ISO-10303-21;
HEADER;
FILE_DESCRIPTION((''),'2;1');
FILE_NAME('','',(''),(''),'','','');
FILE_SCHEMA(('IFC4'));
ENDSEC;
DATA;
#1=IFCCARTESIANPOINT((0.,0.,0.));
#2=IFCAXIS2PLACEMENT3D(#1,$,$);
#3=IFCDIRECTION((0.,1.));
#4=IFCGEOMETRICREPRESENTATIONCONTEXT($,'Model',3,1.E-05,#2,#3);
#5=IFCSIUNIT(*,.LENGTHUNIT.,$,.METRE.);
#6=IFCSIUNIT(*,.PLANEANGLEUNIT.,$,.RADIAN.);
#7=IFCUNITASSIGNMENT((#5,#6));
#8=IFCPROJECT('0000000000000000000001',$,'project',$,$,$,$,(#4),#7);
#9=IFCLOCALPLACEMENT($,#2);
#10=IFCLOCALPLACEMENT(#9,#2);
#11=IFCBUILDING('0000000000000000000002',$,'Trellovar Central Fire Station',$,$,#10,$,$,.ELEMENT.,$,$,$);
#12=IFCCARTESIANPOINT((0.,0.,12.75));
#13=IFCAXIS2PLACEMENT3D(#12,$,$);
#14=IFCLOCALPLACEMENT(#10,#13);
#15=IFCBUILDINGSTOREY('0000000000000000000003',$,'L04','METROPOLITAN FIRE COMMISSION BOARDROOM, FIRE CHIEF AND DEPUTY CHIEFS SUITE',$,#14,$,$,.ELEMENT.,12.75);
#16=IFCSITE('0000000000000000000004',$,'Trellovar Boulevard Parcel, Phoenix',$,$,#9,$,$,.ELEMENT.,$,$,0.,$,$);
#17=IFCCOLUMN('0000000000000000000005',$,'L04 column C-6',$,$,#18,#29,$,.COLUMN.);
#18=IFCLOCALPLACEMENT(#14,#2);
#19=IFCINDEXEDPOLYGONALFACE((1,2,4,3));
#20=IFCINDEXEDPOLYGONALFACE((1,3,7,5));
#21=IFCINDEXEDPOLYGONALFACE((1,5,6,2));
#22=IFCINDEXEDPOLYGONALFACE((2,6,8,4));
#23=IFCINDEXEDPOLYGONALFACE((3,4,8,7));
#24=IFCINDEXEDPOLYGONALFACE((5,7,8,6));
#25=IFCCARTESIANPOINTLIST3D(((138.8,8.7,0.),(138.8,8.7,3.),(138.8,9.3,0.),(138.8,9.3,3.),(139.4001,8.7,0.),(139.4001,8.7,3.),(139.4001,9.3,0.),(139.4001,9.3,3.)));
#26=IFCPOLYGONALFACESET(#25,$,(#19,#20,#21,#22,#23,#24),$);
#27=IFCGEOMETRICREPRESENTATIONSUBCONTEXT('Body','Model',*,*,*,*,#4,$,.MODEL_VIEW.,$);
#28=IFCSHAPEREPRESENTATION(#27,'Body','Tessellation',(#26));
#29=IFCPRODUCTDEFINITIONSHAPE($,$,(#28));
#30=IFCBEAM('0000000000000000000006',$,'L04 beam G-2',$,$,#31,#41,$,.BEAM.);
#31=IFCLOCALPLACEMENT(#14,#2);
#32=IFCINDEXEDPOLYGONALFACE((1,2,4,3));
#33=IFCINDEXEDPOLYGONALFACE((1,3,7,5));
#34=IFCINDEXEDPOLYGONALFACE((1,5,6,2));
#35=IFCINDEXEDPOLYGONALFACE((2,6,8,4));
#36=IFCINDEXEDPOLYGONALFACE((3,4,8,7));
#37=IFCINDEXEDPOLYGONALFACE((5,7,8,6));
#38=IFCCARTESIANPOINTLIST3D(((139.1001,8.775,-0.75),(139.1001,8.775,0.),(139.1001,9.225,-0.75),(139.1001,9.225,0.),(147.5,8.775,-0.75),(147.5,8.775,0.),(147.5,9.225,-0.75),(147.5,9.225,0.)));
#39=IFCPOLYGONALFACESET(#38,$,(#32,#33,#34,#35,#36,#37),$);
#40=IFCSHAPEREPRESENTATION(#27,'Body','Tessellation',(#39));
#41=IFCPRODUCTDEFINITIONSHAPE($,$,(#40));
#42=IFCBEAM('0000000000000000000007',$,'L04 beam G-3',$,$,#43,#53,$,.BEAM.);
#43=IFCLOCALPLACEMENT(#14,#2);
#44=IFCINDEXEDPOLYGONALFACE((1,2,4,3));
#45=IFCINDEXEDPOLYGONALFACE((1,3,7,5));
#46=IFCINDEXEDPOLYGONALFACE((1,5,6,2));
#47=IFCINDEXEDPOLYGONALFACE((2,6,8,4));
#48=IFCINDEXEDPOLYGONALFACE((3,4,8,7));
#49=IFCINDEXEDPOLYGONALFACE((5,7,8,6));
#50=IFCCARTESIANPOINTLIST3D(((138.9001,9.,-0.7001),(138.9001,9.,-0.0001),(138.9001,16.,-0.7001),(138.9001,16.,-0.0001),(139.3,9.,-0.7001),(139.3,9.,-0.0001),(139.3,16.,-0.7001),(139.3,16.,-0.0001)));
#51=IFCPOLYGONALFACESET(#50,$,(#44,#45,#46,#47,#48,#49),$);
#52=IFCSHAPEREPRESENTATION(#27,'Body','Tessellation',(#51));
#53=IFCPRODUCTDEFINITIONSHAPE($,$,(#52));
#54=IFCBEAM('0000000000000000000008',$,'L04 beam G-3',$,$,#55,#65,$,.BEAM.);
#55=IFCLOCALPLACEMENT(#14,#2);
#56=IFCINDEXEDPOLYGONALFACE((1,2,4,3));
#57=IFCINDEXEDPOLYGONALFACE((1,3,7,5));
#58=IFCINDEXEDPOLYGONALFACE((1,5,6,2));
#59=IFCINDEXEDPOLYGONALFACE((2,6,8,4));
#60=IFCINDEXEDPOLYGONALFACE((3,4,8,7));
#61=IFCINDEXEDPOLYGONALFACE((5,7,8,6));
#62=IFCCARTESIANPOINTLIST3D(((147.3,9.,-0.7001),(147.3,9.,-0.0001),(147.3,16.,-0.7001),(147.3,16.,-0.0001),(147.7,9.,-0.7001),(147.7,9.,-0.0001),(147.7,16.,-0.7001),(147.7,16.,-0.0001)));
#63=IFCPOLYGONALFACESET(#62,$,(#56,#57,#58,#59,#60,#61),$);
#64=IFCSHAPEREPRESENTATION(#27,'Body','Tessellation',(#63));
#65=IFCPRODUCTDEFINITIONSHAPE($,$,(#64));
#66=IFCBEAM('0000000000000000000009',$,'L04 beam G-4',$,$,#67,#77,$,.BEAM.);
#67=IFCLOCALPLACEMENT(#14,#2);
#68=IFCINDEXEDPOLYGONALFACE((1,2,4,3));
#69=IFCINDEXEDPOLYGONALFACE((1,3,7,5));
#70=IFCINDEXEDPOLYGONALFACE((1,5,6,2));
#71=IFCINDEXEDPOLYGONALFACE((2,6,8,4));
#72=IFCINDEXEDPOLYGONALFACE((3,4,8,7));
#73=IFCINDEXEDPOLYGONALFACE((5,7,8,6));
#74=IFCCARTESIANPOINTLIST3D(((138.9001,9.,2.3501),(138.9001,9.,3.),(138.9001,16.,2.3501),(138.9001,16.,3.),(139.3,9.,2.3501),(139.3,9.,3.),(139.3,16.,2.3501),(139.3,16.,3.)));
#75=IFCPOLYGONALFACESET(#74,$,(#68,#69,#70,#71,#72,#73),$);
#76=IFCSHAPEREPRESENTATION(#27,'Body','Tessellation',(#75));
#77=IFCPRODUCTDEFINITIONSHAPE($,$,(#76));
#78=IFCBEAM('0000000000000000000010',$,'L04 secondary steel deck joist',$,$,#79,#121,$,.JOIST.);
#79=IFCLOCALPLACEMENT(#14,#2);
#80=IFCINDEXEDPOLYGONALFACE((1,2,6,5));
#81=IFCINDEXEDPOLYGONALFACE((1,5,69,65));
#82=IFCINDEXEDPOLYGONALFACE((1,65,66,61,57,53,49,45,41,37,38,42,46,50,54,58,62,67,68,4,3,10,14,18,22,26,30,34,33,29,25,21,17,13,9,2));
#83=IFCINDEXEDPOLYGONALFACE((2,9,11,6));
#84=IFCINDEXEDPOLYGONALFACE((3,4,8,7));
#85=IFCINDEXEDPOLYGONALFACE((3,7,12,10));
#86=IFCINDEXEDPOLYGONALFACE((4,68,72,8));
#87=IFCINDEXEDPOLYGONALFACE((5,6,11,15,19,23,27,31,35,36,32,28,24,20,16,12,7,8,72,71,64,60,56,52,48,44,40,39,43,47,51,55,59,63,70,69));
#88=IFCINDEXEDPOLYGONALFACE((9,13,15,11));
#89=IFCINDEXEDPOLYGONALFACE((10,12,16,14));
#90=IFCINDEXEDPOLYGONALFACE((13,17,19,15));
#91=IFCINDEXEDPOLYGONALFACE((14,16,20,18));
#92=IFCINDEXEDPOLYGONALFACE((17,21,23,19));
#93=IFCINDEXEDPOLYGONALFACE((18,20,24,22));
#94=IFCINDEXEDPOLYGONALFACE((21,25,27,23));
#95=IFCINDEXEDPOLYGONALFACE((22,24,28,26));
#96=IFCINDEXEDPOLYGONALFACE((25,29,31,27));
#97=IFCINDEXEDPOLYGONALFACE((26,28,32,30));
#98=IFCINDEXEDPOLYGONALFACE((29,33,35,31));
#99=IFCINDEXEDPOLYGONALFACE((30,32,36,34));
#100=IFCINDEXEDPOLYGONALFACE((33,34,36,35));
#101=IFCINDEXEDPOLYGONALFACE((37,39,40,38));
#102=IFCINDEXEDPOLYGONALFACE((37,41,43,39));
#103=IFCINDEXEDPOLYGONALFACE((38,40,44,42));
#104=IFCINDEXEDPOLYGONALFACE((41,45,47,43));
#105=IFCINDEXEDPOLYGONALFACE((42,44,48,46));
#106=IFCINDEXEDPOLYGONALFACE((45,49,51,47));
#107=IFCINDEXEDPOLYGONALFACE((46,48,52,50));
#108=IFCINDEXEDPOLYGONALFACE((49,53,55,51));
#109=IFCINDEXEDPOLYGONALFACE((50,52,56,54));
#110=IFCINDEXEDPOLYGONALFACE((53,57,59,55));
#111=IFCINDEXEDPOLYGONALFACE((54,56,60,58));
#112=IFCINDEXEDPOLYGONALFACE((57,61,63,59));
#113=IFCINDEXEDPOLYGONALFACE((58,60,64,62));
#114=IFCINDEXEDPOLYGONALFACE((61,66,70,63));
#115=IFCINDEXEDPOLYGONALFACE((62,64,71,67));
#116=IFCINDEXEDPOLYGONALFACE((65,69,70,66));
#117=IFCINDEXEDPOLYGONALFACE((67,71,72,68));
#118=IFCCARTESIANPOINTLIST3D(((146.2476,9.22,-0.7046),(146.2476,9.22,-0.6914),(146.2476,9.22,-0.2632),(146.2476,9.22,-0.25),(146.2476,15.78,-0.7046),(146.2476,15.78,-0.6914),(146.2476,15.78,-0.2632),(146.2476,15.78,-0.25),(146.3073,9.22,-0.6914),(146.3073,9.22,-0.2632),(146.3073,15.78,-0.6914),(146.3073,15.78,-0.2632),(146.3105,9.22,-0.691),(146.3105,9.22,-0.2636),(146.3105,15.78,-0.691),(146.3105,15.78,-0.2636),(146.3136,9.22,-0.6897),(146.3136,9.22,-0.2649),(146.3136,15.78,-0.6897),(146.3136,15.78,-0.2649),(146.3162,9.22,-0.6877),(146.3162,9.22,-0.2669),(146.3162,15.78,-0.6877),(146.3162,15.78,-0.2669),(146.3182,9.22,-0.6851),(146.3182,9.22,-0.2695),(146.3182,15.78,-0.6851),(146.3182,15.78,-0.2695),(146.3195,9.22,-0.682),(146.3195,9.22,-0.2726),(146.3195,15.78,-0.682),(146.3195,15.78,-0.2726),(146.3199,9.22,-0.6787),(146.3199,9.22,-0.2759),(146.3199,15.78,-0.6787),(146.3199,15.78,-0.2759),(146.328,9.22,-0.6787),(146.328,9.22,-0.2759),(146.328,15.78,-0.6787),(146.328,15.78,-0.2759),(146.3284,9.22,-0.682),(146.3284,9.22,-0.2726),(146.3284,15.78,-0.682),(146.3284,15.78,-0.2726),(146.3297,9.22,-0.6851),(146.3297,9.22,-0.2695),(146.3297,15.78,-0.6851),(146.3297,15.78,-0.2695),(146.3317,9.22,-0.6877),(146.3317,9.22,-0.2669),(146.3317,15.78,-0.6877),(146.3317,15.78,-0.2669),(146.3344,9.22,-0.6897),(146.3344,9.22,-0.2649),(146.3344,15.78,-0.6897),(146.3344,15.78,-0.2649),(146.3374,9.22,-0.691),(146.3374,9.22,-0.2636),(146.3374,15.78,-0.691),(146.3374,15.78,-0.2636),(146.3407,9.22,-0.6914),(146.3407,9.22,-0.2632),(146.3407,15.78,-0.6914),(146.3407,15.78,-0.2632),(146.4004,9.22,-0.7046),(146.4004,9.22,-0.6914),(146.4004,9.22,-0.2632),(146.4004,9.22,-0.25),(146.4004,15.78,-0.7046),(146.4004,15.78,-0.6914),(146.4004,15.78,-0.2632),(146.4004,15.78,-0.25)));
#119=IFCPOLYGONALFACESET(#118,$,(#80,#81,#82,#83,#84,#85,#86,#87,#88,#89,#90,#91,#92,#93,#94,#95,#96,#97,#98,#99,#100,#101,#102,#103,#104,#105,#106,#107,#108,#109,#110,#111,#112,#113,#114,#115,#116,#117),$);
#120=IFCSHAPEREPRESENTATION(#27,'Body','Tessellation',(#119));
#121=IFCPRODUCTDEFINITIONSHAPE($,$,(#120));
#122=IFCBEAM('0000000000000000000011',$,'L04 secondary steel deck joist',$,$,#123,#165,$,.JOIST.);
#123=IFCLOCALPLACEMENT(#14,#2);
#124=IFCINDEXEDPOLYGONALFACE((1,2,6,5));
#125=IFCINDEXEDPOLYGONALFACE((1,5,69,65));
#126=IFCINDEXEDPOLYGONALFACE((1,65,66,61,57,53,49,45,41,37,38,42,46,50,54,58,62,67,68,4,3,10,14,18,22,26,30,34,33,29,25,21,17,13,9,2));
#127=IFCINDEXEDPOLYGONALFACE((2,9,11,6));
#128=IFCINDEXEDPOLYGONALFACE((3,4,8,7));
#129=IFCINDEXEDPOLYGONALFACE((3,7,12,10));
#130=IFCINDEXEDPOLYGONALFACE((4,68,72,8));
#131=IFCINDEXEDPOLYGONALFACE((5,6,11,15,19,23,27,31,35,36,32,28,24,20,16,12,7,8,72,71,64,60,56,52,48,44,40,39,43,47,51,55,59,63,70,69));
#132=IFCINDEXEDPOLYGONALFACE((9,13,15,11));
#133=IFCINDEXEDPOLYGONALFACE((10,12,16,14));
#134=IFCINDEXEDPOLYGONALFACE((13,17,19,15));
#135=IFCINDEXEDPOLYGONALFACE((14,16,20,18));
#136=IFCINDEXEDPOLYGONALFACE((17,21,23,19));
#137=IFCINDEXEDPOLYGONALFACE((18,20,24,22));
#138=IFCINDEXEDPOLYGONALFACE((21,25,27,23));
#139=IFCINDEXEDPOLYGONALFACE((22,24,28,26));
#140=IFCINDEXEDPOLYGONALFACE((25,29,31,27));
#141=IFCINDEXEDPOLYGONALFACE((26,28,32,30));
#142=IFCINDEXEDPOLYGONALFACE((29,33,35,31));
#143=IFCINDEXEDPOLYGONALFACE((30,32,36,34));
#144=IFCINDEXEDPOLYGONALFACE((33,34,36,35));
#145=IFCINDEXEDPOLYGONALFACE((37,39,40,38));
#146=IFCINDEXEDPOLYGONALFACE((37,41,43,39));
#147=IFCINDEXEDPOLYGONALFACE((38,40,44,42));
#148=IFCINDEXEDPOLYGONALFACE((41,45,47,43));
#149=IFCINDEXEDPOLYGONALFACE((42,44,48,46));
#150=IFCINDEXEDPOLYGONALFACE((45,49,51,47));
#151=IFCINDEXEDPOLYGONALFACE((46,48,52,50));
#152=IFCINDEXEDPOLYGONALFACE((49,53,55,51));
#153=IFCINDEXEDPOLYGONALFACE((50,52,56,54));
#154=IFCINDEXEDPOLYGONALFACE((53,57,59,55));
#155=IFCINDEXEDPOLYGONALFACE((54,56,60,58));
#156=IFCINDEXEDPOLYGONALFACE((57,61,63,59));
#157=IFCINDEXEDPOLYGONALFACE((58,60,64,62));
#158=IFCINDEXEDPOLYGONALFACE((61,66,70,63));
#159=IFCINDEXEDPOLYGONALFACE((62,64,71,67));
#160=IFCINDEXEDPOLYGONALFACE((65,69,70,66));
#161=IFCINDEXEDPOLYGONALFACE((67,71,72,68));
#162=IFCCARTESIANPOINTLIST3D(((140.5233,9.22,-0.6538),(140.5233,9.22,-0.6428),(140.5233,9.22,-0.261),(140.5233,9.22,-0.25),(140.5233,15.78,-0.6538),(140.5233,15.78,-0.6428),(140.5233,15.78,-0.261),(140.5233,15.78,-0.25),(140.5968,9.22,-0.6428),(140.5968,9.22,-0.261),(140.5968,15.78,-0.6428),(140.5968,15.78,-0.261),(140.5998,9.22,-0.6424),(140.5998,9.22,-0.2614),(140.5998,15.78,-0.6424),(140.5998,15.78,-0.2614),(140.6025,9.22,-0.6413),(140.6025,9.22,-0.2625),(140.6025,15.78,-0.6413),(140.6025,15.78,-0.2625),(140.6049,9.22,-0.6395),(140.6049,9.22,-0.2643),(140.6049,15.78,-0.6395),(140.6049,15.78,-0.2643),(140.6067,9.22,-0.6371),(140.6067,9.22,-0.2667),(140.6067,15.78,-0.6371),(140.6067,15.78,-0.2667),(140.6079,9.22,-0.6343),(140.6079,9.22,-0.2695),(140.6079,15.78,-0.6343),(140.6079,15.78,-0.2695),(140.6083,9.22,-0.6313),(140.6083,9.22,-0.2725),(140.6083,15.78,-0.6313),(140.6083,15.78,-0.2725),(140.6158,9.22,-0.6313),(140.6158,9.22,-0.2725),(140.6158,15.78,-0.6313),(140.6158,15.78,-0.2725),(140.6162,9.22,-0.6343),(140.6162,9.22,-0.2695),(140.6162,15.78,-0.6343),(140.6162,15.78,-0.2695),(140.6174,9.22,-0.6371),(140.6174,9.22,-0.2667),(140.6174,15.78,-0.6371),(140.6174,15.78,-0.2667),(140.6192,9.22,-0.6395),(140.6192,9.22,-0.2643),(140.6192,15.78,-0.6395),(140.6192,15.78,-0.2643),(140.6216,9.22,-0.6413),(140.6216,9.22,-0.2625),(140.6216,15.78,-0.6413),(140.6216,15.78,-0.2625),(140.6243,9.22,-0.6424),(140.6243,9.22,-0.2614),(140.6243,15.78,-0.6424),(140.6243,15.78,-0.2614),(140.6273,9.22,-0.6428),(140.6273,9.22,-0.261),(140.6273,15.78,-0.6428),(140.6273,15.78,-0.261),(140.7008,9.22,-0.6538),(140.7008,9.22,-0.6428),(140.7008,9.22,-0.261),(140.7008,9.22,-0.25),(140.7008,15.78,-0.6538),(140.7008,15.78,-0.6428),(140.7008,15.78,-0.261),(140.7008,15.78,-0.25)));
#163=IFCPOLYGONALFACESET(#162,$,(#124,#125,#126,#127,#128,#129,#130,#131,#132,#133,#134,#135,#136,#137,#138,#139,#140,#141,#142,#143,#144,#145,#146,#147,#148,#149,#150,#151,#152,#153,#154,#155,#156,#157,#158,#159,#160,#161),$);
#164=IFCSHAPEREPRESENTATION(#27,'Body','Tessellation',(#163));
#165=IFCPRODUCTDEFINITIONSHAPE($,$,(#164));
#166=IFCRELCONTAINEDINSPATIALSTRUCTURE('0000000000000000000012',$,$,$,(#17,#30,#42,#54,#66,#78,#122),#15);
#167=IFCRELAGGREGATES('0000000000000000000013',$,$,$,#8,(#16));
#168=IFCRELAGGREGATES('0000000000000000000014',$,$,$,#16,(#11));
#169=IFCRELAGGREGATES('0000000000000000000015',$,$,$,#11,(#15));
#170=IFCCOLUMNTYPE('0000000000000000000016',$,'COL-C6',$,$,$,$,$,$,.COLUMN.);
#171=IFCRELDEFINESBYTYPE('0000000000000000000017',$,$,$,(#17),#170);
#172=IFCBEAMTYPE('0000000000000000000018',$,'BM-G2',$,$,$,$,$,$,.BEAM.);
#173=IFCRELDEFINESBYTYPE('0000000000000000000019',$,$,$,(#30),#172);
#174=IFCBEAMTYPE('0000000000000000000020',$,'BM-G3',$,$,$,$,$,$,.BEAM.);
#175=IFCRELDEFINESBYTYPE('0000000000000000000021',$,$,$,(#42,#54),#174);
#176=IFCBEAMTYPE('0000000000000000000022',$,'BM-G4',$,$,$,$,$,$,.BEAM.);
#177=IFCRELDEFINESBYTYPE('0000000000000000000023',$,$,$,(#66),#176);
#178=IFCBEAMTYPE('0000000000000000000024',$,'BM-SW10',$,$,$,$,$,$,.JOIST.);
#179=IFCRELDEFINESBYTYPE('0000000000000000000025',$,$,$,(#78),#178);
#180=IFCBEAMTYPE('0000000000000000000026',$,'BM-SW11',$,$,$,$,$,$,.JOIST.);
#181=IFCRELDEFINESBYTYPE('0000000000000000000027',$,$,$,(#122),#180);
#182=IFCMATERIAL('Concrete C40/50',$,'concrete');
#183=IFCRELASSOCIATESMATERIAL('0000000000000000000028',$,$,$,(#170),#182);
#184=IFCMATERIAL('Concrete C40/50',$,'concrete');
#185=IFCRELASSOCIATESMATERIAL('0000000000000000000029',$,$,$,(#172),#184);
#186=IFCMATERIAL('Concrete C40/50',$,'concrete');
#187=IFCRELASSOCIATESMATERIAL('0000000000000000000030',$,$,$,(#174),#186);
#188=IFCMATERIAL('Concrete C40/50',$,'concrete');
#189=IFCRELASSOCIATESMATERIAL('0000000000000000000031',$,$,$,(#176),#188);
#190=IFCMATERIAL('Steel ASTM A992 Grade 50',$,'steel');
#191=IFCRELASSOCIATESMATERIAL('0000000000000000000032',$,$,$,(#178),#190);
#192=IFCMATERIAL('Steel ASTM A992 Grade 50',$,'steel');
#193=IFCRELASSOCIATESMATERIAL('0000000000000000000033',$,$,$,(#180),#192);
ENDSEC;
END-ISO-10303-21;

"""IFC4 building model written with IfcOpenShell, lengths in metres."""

from ifc_helpers import new_model, si_unit, direction, frame, origin, origin_2d, place, context, subcontext, project, spatial, rectangle, i_section, extrude, material, material_profile, profile_set, type_object, element, save


model = new_model("IFC4")

# Units and contexts
model_context = context("Model", 3, precision=1e-05, world=origin(), true_north=direction((0.0, 1.0)))
body_context = subcontext(model_context, "Body", "Model", "MODEL_VIEW")
ifc_project = project(units=[si_unit("LENGTHUNIT", "METRE"), si_unit("PLANEANGLEUNIT", "RADIAN")], contexts=[model_context])

# Site, building, storey
site_placement = place(None, origin())
site = spatial("IfcSite", under=ifc_project, at=site_placement, Name="Trellovar Boulevard Parcel, Phoenix", CompositionType="ELEMENT", RefElevation=0.0)
building_placement = place(site_placement, origin())
building = spatial("IfcBuilding", under=site, at=building_placement, Name="Trellovar Central Fire Station", CompositionType="ELEMENT")
storey_placement = place(building_placement, frame((0.0, 0.0, 12.75)))
storey = spatial("IfcBuildingStorey", under=building, at=storey_placement, Name="L04", Description="METROPOLITAN FIRE COMMISSION BOARDROOM, FIRE CHIEF AND DEPUTY CHIEFS SUITE", CompositionType="ELEMENT", Elevation=12.75)

# Column
ifc_material_1 = material(Name="Concrete C40/50", Category="concrete")
ifc_material_profile_1 = material_profile(ifc_material_1, rectangle(XDim=0.6001, YDim=0.6001, at=origin_2d()), Name="RC600X600")
ifc_profile_set_1 = profile_set([ifc_material_profile_1], Name="Concrete C40/50")
column_type = type_object("IfcColumnType", Name="COL-C6", PredefinedType="COLUMN", material=ifc_profile_set_1)
column_placement = place(storey_placement, frame((139.1001, 9.0, 0.0), z_axis=(0.0, 0.0, 1.0), x_axis=(1.0, 0.0, 0.0)))
element("IfcColumn", 1, at=column_placement, inside=storey, type_object=column_type, Name="L04 column C-6", PredefinedType="COLUMN", context=body_context, shape_type="SweptSolid", body=[
    extrude(rectangle(XDim=0.6001, YDim=0.6001, at=origin_2d()), origin(), (0.0, 0.0, 1.0), 3.0),
])

# Beams
ifc_material_2 = material(Name="Concrete C40/50", Category="concrete")
ifc_material_profile_2 = material_profile(ifc_material_2, rectangle(XDim=0.45, YDim=0.75, at=origin_2d()), Name="RC450X750")
ifc_profile_set_2 = profile_set([ifc_material_profile_2], Name="Concrete C40/50")
beam_type_1 = type_object("IfcBeamType", Name="BM-G2", PredefinedType="BEAM", material=ifc_profile_set_2)
beam_1_placement = place(storey_placement, frame((139.1001, 9.0, -0.375), z_axis=(1.0, 0.0, 0.0), x_axis=(0.0, 1.0, 0.0)))
element("IfcBeam", 2, at=beam_1_placement, inside=storey, type_object=beam_type_1, Name="L04 beam G-2", PredefinedType="BEAM", context=body_context, shape_type="SweptSolid", body=[
    extrude(rectangle(XDim=0.45, YDim=0.75, at=origin_2d()), origin(), (0.0, 0.0, 1.0), 8.3999),
])
ifc_material_3 = material(Name="Concrete C40/50", Category="concrete")
ifc_material_profile_3 = material_profile(ifc_material_3, rectangle(XDim=0.3999, YDim=0.7, at=origin_2d()), Name="RC400X700")
ifc_profile_set_3 = profile_set([ifc_material_profile_3], Name="Concrete C40/50")
beam_type_2 = type_object("IfcBeamType", Name="BM-G3", PredefinedType="BEAM", material=ifc_profile_set_3)
for number, where, z_axis, x_axis, name in (
    (3, (139.1001, 9.0, -0.3501), (0.0, 1.0, 0.0), (-1.0, 0.0, 0.0), "L04 beam G-3"),
    (4, (147.5, 9.0, -0.3501), (0.0, 1.0, 0.0), (-1.0, 0.0, 0.0), "L04 beam G-3"),
):
    element("IfcBeam", number, at=place(storey_placement, frame(where, z_axis=z_axis, x_axis=x_axis)), inside=storey, type_object=beam_type_2, Name=name, PredefinedType="BEAM", context=body_context, shape_type="SweptSolid", body=[
        extrude(rectangle(XDim=0.3999, YDim=0.7, at=origin_2d()), origin(), (0.0, 0.0, 1.0), 7.0),
    ])
ifc_material_4 = material(Name="Concrete C40/50", Category="concrete")
ifc_material_profile_4 = material_profile(ifc_material_4, rectangle(XDim=0.3999, YDim=0.6499, at=origin_2d()), Name="RC400X650")
ifc_profile_set_4 = profile_set([ifc_material_profile_4], Name="Concrete C40/50")
beam_type_3 = type_object("IfcBeamType", Name="BM-G4", PredefinedType="BEAM", material=ifc_profile_set_4)
beam_2_placement = place(storey_placement, frame((139.1001, 9.0, 2.675), z_axis=(0.0, 1.0, 0.0), x_axis=(-1.0, 0.0, 0.0)))
element("IfcBeam", 5, at=beam_2_placement, inside=storey, type_object=beam_type_3, Name="L04 beam G-4", PredefinedType="BEAM", context=body_context, shape_type="SweptSolid", body=[
    extrude(rectangle(XDim=0.3999, YDim=0.6499, at=origin_2d()), origin(), (0.0, 0.0, 1.0), 7.0),
])
ifc_material_5 = material(Name="Steel ASTM A992 Grade 50", Category="steel")
ifc_material_profile_5 = material_profile(ifc_material_5, i_section(OverallWidth=0.1528, OverallDepth=0.4546, WebThickness=0.0081, FlangeThickness=0.0132, FilletRadius=0.0127, at=origin_2d()), Name="W18X40")
ifc_profile_set_5 = profile_set([ifc_material_profile_5], Name="Steel ASTM A992 Grade 50")
beam_type_4 = type_object("IfcBeamType", Name="BM-SW10", PredefinedType="JOIST", material=ifc_profile_set_5)
beam_3_placement = place(storey_placement, frame((146.324, 9.22, -0.4773), z_axis=(0.0, 1.0, 0.0), x_axis=(-1.0, 0.0, 0.0)))
element("IfcBeam", 6, at=beam_3_placement, inside=storey, type_object=beam_type_4, Name="L04 secondary steel deck joist", PredefinedType="JOIST", context=body_context, shape_type="SweptSolid", body=[
    extrude(i_section(OverallWidth=0.1528, OverallDepth=0.4546, WebThickness=0.0081, FlangeThickness=0.0132, FilletRadius=0.0127, at=origin_2d()), origin(), (0.0, 0.0, 1.0), 6.5601),
])
ifc_material_6 = material(Name="Steel ASTM A992 Grade 50", Category="steel")
ifc_material_profile_6 = material_profile(ifc_material_6, i_section(OverallWidth=0.1775, OverallDepth=0.4038, WebThickness=0.0076, FlangeThickness=0.011, FilletRadius=0.0115, at=origin_2d()), Name="W16X36")
ifc_profile_set_6 = profile_set([ifc_material_profile_6], Name="Steel ASTM A992 Grade 50")
beam_type_5 = type_object("IfcBeamType", Name="BM-SW11", PredefinedType="JOIST", material=ifc_profile_set_6)
beam_4_placement = place(storey_placement, frame((140.6121, 9.22, -0.4519), z_axis=(0.0, 1.0, 0.0), x_axis=(-1.0, 0.0, 0.0)))
element("IfcBeam", 7, at=beam_4_placement, inside=storey, type_object=beam_type_5, Name="L04 secondary steel deck joist", PredefinedType="JOIST", context=body_context, shape_type="SweptSolid", body=[
    extrude(i_section(OverallWidth=0.1775, OverallDepth=0.4038, WebThickness=0.0076, FlangeThickness=0.011, FilletRadius=0.0115, at=origin_2d()), origin(), (0.0, 0.0, 1.0), 6.5601),
])

save(model, "model.ifc")
